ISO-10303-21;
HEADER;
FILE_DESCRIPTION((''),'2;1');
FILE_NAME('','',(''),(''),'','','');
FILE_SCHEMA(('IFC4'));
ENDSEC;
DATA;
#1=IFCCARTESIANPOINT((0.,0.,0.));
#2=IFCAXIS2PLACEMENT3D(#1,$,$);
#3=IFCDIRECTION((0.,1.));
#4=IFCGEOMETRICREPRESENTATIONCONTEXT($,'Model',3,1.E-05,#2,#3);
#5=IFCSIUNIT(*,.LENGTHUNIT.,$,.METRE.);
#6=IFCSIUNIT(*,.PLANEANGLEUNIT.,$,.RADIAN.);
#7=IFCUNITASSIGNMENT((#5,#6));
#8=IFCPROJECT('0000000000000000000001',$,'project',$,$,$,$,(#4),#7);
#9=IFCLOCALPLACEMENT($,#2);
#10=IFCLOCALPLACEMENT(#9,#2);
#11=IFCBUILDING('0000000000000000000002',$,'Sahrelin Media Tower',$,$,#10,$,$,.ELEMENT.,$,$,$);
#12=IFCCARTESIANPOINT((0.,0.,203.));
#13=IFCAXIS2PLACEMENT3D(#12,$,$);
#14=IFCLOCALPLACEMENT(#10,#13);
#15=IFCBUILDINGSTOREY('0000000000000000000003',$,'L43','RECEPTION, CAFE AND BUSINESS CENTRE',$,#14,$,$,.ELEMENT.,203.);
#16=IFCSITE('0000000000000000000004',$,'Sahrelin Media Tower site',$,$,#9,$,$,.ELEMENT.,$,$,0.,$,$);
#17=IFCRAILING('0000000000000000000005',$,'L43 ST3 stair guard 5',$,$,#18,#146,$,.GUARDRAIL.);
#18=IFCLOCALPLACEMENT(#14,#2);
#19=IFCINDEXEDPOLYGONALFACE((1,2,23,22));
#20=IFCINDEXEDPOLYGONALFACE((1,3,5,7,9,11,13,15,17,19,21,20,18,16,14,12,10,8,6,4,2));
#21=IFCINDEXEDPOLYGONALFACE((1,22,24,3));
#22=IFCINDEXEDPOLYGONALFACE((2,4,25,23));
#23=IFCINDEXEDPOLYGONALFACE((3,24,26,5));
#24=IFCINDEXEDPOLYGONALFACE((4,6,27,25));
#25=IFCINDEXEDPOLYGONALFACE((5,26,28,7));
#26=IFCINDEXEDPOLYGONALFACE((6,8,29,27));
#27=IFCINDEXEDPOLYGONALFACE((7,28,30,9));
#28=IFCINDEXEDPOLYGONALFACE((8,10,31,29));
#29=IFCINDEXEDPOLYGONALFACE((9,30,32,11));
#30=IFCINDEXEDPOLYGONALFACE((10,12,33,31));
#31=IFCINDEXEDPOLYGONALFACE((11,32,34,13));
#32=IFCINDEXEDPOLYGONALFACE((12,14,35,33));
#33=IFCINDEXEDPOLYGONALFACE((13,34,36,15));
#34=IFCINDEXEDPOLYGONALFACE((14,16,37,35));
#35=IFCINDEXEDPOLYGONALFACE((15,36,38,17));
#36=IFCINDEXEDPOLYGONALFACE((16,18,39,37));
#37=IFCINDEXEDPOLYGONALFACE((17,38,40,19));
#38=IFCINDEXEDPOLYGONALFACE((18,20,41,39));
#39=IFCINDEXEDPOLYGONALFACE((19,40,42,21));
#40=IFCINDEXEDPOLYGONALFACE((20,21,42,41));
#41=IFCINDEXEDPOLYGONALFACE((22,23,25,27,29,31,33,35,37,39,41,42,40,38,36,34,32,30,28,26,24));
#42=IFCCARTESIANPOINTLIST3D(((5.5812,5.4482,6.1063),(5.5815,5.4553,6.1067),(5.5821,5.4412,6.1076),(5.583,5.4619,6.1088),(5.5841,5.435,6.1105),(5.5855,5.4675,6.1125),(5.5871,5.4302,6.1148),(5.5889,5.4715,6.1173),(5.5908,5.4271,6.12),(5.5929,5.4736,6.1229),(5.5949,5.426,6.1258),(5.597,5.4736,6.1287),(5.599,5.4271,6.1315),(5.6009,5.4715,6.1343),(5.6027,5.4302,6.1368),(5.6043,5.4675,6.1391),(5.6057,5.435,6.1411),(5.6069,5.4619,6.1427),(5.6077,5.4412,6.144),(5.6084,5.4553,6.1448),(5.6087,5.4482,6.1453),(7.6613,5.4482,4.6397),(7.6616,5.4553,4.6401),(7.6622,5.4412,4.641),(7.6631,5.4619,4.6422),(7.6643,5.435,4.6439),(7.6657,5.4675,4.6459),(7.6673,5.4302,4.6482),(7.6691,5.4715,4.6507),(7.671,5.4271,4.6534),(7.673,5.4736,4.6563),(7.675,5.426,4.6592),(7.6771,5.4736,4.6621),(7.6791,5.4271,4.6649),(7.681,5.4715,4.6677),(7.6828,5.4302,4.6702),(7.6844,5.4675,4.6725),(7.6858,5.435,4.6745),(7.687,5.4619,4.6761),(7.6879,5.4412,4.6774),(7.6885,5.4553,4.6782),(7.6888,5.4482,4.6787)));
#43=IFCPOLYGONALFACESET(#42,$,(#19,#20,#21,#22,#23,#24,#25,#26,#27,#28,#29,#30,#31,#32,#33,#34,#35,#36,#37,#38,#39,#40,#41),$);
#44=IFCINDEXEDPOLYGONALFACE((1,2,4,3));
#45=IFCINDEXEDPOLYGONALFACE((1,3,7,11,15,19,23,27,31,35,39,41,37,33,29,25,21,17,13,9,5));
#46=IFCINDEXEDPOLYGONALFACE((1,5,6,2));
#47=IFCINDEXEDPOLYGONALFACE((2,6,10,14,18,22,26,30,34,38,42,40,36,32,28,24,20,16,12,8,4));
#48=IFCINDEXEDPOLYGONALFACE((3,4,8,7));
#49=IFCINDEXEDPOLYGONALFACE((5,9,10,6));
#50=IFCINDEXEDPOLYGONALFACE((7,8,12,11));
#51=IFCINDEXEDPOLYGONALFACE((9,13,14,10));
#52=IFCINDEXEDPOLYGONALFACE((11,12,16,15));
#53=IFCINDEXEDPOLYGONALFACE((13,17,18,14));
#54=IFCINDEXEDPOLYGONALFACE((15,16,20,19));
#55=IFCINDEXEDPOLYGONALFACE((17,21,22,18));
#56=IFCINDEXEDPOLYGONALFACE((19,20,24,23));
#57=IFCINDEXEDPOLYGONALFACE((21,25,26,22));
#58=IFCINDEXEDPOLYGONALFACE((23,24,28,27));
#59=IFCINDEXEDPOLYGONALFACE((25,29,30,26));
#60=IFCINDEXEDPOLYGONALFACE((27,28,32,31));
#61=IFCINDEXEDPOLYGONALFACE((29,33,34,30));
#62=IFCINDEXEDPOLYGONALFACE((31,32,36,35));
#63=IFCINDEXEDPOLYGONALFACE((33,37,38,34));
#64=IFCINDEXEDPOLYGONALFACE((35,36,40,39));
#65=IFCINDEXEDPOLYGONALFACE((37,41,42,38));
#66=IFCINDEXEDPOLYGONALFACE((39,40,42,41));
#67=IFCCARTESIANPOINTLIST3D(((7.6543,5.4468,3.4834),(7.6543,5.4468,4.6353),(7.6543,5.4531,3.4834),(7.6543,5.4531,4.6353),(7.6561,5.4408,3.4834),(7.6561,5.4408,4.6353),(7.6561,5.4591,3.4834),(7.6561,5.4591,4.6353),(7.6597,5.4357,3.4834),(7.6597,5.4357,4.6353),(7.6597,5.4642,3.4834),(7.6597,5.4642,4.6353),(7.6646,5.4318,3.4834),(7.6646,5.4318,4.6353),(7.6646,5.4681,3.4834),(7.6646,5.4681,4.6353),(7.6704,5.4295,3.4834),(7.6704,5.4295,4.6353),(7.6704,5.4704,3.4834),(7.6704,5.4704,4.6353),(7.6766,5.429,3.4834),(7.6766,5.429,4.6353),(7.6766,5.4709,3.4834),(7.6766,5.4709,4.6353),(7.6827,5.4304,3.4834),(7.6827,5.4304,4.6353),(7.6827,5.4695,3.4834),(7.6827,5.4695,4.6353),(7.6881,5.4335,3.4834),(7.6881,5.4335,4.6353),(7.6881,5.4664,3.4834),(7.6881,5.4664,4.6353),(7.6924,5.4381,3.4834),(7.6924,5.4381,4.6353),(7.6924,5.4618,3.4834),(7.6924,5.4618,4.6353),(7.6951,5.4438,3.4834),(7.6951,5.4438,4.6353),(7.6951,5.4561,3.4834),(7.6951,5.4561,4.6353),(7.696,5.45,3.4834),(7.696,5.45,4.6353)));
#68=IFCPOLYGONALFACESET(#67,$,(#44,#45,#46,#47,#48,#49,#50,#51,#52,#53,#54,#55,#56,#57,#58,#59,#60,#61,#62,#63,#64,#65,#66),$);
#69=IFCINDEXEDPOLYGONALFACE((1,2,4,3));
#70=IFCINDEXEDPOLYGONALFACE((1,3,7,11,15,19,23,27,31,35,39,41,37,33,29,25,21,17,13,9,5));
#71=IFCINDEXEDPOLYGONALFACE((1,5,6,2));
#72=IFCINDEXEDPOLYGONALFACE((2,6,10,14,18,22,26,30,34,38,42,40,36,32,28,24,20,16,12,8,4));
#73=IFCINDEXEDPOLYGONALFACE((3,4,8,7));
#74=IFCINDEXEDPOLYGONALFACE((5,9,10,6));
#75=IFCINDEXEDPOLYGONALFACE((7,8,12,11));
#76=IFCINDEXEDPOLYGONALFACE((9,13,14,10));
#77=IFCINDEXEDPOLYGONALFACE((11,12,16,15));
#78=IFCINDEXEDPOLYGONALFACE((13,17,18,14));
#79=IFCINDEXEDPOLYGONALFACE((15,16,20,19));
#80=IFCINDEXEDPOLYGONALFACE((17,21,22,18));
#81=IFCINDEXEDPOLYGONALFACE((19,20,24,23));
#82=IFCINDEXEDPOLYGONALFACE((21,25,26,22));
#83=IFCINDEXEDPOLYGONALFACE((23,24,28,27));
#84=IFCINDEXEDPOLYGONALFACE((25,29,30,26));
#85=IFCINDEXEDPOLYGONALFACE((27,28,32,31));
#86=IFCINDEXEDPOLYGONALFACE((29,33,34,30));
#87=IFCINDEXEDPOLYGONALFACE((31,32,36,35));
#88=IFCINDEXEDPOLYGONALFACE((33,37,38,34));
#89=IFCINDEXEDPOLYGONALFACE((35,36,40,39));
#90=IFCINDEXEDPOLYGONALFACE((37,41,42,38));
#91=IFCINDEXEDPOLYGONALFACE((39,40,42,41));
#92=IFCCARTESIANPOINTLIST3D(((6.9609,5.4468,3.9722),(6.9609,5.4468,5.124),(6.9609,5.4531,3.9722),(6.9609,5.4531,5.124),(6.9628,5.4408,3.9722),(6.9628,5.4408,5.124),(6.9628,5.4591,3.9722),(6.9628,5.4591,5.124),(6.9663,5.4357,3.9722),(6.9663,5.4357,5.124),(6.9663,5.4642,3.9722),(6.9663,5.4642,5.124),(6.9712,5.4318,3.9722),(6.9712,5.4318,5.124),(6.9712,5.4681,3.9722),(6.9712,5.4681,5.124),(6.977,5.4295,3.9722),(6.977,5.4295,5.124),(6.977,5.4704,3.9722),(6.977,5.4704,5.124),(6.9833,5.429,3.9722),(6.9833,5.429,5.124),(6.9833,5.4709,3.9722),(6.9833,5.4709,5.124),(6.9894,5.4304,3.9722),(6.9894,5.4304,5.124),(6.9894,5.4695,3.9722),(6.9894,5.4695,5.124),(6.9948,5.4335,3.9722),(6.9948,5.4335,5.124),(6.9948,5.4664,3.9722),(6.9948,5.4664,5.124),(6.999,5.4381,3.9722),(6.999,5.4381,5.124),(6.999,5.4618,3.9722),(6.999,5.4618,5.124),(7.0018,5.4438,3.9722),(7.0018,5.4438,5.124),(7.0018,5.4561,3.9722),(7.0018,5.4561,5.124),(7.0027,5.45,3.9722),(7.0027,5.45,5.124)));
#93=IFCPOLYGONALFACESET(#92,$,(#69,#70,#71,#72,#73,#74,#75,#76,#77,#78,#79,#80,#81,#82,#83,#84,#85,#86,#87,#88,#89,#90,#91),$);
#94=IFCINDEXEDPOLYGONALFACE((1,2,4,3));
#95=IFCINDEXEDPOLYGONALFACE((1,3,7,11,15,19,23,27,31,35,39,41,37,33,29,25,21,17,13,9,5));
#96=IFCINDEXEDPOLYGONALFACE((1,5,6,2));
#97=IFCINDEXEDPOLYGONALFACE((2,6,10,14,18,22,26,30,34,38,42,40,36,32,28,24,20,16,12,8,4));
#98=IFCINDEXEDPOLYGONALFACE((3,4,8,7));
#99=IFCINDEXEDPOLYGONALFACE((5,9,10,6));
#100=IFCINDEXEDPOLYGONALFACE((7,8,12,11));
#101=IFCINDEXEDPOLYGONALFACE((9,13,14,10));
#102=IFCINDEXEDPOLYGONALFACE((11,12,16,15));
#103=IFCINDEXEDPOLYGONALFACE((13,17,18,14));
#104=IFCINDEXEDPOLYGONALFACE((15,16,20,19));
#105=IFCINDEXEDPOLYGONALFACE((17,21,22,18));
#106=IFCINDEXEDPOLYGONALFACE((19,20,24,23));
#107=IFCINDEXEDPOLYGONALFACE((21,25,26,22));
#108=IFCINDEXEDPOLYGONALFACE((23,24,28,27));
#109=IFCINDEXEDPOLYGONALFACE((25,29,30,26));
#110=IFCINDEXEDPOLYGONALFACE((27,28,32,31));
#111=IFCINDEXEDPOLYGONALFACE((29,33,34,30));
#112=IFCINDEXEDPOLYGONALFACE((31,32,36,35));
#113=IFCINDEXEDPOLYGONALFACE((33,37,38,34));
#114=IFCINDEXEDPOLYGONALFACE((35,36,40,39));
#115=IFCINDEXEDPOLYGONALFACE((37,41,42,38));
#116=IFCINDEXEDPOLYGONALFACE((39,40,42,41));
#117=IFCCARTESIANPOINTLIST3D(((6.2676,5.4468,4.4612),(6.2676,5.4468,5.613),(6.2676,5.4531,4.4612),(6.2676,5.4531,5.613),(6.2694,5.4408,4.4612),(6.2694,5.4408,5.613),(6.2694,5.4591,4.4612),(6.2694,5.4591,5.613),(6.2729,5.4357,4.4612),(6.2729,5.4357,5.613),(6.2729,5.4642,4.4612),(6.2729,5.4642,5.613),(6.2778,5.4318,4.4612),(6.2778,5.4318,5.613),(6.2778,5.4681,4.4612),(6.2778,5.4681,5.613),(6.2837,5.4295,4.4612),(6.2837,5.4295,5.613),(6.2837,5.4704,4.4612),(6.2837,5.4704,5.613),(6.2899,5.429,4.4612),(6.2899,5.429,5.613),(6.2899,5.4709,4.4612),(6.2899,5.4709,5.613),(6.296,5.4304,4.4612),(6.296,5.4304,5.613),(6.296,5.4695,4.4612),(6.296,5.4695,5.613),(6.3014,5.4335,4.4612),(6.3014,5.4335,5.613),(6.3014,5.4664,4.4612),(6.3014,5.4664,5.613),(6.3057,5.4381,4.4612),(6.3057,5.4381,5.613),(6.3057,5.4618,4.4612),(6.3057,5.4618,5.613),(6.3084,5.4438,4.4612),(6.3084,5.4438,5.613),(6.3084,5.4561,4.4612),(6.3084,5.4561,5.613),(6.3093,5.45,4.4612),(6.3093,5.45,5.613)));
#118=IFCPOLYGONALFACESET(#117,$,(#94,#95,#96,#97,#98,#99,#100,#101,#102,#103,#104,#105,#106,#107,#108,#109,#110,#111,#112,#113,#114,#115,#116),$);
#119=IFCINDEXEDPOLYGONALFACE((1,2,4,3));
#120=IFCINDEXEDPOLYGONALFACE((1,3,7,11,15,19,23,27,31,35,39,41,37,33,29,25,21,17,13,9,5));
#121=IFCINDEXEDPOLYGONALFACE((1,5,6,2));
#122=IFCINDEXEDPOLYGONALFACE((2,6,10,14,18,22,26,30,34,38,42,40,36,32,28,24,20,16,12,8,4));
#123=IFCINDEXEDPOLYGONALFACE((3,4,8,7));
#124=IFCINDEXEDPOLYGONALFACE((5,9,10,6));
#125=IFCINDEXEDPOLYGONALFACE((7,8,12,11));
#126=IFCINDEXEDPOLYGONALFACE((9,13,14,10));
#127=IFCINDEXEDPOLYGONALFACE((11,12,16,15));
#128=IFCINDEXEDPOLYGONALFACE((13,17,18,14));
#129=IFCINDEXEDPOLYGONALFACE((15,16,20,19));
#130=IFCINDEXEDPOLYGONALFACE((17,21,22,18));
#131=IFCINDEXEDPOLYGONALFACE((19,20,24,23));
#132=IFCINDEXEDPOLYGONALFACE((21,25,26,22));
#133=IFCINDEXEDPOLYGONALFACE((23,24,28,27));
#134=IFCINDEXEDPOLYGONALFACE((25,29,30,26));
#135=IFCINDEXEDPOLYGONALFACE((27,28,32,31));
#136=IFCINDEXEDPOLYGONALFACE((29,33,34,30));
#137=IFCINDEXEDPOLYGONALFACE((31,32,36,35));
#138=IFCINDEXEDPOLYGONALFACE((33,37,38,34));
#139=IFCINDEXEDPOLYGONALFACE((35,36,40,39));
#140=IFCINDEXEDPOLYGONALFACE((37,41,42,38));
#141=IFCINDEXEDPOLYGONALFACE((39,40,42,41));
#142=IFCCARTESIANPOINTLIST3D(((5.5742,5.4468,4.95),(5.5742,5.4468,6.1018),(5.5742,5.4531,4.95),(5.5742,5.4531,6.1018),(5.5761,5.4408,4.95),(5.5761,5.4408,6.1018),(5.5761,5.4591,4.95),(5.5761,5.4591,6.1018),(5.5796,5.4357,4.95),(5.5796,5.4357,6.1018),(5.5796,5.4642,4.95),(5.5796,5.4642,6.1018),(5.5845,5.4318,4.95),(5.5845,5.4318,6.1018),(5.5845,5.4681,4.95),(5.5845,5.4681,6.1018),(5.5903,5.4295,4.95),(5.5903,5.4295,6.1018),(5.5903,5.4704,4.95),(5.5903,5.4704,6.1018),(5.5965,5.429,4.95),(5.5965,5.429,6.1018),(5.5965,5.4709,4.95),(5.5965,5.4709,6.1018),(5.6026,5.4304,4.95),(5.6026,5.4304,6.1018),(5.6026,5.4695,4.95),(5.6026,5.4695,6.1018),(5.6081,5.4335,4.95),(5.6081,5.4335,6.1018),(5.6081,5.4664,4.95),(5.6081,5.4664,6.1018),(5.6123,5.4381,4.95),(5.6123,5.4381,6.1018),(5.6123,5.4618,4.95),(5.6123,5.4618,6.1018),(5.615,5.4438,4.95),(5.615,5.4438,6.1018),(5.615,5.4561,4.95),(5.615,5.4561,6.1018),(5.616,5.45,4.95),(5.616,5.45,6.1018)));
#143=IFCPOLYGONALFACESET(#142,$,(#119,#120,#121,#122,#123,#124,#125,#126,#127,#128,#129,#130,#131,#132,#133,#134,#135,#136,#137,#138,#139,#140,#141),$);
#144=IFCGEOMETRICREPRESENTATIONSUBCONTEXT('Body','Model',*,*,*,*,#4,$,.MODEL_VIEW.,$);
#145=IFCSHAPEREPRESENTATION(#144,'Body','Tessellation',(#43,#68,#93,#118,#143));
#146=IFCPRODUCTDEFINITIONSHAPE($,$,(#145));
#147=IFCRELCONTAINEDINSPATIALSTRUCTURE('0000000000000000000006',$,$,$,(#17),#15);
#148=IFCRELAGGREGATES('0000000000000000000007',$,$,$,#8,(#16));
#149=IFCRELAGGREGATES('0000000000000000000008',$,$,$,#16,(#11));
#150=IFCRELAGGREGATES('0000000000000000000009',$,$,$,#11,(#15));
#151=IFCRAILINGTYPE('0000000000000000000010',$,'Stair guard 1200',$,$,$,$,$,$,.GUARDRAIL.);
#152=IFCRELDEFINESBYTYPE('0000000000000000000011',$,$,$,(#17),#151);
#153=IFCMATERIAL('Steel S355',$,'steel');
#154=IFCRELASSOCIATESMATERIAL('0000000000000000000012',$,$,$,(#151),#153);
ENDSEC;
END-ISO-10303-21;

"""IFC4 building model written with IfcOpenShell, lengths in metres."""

from ifc_helpers import new_model, si_unit, direction, frame, origin, origin_2d, place, context, subcontext, project, spatial, circle, extrude, material, type_object, element, save


model = new_model("IFC4")

# Units and contexts
model_context = context("Model", 3, precision=1e-05, world=origin(), true_north=direction((0.0, 1.0)))
body_context = subcontext(model_context, "Body", "Model", "MODEL_VIEW")
ifc_project = project(units=[si_unit("LENGTHUNIT", "METRE"), si_unit("PLANEANGLEUNIT", "RADIAN")], contexts=[model_context])

# Site, building, storey
site_placement = place(None, origin())
site = spatial("IfcSite", under=ifc_project, at=site_placement, Name="Sahrelin Media Tower site", CompositionType="ELEMENT", RefElevation=0.0)
building_placement = place(site_placement, origin())
building = spatial("IfcBuilding", under=site, at=building_placement, Name="Sahrelin Media Tower", CompositionType="ELEMENT")
storey_placement = place(building_placement, frame((0.0, 0.0, 203.0)))
storey = spatial("IfcBuildingStorey", under=building, at=storey_placement, Name="L43", Description="RECEPTION, CAFE AND BUSINESS CENTRE", CompositionType="ELEMENT", Elevation=203.0)

# Railing
ifc_material_1 = material(Name="Steel S355", Category="steel")
railing_type_1 = type_object("IfcRailingType", Name="Stair guard 1200", PredefinedType="GUARDRAIL", material=ifc_material_1)
railing_1_placement = place(storey_placement, frame((7.675, 5.45, 3.4834)))
element("IfcRailing", 1, at=railing_1_placement, inside=storey, type_object=railing_type_1, Name="L43 ST3 stair guard 5", PredefinedType="GUARDRAIL", context=body_context, shape_type="SweptSolid", body=[
    extrude(circle(Radius=0.0239, at=origin_2d()), frame((0.0, 0.0, 1.1758), z_axis=(-0.817289, 0.0, 0.576227), x_axis=(0.0, -1.0, 0.0)), (0.0, 0.0, 1.0), 2.5452),
    extrude(circle(Radius=0.021, at=origin_2d()), origin(), (0.0, 0.0, 1.0), 1.1519),
    extrude(circle(Radius=0.021, at=origin_2d()), frame((-0.6934, 0.0, 0.4888)), (0.0, 0.0, 1.0), 1.1519),
    extrude(circle(Radius=0.021, at=origin_2d()), frame((-1.3867, 0.0, 0.9778)), (0.0, 0.0, 1.0), 1.1519),
    extrude(circle(Radius=0.021, at=origin_2d()), frame((-2.0801, 0.0, 1.4666)), (0.0, 0.0, 1.0), 1.1519),
])

save(model, "model.ifc")
